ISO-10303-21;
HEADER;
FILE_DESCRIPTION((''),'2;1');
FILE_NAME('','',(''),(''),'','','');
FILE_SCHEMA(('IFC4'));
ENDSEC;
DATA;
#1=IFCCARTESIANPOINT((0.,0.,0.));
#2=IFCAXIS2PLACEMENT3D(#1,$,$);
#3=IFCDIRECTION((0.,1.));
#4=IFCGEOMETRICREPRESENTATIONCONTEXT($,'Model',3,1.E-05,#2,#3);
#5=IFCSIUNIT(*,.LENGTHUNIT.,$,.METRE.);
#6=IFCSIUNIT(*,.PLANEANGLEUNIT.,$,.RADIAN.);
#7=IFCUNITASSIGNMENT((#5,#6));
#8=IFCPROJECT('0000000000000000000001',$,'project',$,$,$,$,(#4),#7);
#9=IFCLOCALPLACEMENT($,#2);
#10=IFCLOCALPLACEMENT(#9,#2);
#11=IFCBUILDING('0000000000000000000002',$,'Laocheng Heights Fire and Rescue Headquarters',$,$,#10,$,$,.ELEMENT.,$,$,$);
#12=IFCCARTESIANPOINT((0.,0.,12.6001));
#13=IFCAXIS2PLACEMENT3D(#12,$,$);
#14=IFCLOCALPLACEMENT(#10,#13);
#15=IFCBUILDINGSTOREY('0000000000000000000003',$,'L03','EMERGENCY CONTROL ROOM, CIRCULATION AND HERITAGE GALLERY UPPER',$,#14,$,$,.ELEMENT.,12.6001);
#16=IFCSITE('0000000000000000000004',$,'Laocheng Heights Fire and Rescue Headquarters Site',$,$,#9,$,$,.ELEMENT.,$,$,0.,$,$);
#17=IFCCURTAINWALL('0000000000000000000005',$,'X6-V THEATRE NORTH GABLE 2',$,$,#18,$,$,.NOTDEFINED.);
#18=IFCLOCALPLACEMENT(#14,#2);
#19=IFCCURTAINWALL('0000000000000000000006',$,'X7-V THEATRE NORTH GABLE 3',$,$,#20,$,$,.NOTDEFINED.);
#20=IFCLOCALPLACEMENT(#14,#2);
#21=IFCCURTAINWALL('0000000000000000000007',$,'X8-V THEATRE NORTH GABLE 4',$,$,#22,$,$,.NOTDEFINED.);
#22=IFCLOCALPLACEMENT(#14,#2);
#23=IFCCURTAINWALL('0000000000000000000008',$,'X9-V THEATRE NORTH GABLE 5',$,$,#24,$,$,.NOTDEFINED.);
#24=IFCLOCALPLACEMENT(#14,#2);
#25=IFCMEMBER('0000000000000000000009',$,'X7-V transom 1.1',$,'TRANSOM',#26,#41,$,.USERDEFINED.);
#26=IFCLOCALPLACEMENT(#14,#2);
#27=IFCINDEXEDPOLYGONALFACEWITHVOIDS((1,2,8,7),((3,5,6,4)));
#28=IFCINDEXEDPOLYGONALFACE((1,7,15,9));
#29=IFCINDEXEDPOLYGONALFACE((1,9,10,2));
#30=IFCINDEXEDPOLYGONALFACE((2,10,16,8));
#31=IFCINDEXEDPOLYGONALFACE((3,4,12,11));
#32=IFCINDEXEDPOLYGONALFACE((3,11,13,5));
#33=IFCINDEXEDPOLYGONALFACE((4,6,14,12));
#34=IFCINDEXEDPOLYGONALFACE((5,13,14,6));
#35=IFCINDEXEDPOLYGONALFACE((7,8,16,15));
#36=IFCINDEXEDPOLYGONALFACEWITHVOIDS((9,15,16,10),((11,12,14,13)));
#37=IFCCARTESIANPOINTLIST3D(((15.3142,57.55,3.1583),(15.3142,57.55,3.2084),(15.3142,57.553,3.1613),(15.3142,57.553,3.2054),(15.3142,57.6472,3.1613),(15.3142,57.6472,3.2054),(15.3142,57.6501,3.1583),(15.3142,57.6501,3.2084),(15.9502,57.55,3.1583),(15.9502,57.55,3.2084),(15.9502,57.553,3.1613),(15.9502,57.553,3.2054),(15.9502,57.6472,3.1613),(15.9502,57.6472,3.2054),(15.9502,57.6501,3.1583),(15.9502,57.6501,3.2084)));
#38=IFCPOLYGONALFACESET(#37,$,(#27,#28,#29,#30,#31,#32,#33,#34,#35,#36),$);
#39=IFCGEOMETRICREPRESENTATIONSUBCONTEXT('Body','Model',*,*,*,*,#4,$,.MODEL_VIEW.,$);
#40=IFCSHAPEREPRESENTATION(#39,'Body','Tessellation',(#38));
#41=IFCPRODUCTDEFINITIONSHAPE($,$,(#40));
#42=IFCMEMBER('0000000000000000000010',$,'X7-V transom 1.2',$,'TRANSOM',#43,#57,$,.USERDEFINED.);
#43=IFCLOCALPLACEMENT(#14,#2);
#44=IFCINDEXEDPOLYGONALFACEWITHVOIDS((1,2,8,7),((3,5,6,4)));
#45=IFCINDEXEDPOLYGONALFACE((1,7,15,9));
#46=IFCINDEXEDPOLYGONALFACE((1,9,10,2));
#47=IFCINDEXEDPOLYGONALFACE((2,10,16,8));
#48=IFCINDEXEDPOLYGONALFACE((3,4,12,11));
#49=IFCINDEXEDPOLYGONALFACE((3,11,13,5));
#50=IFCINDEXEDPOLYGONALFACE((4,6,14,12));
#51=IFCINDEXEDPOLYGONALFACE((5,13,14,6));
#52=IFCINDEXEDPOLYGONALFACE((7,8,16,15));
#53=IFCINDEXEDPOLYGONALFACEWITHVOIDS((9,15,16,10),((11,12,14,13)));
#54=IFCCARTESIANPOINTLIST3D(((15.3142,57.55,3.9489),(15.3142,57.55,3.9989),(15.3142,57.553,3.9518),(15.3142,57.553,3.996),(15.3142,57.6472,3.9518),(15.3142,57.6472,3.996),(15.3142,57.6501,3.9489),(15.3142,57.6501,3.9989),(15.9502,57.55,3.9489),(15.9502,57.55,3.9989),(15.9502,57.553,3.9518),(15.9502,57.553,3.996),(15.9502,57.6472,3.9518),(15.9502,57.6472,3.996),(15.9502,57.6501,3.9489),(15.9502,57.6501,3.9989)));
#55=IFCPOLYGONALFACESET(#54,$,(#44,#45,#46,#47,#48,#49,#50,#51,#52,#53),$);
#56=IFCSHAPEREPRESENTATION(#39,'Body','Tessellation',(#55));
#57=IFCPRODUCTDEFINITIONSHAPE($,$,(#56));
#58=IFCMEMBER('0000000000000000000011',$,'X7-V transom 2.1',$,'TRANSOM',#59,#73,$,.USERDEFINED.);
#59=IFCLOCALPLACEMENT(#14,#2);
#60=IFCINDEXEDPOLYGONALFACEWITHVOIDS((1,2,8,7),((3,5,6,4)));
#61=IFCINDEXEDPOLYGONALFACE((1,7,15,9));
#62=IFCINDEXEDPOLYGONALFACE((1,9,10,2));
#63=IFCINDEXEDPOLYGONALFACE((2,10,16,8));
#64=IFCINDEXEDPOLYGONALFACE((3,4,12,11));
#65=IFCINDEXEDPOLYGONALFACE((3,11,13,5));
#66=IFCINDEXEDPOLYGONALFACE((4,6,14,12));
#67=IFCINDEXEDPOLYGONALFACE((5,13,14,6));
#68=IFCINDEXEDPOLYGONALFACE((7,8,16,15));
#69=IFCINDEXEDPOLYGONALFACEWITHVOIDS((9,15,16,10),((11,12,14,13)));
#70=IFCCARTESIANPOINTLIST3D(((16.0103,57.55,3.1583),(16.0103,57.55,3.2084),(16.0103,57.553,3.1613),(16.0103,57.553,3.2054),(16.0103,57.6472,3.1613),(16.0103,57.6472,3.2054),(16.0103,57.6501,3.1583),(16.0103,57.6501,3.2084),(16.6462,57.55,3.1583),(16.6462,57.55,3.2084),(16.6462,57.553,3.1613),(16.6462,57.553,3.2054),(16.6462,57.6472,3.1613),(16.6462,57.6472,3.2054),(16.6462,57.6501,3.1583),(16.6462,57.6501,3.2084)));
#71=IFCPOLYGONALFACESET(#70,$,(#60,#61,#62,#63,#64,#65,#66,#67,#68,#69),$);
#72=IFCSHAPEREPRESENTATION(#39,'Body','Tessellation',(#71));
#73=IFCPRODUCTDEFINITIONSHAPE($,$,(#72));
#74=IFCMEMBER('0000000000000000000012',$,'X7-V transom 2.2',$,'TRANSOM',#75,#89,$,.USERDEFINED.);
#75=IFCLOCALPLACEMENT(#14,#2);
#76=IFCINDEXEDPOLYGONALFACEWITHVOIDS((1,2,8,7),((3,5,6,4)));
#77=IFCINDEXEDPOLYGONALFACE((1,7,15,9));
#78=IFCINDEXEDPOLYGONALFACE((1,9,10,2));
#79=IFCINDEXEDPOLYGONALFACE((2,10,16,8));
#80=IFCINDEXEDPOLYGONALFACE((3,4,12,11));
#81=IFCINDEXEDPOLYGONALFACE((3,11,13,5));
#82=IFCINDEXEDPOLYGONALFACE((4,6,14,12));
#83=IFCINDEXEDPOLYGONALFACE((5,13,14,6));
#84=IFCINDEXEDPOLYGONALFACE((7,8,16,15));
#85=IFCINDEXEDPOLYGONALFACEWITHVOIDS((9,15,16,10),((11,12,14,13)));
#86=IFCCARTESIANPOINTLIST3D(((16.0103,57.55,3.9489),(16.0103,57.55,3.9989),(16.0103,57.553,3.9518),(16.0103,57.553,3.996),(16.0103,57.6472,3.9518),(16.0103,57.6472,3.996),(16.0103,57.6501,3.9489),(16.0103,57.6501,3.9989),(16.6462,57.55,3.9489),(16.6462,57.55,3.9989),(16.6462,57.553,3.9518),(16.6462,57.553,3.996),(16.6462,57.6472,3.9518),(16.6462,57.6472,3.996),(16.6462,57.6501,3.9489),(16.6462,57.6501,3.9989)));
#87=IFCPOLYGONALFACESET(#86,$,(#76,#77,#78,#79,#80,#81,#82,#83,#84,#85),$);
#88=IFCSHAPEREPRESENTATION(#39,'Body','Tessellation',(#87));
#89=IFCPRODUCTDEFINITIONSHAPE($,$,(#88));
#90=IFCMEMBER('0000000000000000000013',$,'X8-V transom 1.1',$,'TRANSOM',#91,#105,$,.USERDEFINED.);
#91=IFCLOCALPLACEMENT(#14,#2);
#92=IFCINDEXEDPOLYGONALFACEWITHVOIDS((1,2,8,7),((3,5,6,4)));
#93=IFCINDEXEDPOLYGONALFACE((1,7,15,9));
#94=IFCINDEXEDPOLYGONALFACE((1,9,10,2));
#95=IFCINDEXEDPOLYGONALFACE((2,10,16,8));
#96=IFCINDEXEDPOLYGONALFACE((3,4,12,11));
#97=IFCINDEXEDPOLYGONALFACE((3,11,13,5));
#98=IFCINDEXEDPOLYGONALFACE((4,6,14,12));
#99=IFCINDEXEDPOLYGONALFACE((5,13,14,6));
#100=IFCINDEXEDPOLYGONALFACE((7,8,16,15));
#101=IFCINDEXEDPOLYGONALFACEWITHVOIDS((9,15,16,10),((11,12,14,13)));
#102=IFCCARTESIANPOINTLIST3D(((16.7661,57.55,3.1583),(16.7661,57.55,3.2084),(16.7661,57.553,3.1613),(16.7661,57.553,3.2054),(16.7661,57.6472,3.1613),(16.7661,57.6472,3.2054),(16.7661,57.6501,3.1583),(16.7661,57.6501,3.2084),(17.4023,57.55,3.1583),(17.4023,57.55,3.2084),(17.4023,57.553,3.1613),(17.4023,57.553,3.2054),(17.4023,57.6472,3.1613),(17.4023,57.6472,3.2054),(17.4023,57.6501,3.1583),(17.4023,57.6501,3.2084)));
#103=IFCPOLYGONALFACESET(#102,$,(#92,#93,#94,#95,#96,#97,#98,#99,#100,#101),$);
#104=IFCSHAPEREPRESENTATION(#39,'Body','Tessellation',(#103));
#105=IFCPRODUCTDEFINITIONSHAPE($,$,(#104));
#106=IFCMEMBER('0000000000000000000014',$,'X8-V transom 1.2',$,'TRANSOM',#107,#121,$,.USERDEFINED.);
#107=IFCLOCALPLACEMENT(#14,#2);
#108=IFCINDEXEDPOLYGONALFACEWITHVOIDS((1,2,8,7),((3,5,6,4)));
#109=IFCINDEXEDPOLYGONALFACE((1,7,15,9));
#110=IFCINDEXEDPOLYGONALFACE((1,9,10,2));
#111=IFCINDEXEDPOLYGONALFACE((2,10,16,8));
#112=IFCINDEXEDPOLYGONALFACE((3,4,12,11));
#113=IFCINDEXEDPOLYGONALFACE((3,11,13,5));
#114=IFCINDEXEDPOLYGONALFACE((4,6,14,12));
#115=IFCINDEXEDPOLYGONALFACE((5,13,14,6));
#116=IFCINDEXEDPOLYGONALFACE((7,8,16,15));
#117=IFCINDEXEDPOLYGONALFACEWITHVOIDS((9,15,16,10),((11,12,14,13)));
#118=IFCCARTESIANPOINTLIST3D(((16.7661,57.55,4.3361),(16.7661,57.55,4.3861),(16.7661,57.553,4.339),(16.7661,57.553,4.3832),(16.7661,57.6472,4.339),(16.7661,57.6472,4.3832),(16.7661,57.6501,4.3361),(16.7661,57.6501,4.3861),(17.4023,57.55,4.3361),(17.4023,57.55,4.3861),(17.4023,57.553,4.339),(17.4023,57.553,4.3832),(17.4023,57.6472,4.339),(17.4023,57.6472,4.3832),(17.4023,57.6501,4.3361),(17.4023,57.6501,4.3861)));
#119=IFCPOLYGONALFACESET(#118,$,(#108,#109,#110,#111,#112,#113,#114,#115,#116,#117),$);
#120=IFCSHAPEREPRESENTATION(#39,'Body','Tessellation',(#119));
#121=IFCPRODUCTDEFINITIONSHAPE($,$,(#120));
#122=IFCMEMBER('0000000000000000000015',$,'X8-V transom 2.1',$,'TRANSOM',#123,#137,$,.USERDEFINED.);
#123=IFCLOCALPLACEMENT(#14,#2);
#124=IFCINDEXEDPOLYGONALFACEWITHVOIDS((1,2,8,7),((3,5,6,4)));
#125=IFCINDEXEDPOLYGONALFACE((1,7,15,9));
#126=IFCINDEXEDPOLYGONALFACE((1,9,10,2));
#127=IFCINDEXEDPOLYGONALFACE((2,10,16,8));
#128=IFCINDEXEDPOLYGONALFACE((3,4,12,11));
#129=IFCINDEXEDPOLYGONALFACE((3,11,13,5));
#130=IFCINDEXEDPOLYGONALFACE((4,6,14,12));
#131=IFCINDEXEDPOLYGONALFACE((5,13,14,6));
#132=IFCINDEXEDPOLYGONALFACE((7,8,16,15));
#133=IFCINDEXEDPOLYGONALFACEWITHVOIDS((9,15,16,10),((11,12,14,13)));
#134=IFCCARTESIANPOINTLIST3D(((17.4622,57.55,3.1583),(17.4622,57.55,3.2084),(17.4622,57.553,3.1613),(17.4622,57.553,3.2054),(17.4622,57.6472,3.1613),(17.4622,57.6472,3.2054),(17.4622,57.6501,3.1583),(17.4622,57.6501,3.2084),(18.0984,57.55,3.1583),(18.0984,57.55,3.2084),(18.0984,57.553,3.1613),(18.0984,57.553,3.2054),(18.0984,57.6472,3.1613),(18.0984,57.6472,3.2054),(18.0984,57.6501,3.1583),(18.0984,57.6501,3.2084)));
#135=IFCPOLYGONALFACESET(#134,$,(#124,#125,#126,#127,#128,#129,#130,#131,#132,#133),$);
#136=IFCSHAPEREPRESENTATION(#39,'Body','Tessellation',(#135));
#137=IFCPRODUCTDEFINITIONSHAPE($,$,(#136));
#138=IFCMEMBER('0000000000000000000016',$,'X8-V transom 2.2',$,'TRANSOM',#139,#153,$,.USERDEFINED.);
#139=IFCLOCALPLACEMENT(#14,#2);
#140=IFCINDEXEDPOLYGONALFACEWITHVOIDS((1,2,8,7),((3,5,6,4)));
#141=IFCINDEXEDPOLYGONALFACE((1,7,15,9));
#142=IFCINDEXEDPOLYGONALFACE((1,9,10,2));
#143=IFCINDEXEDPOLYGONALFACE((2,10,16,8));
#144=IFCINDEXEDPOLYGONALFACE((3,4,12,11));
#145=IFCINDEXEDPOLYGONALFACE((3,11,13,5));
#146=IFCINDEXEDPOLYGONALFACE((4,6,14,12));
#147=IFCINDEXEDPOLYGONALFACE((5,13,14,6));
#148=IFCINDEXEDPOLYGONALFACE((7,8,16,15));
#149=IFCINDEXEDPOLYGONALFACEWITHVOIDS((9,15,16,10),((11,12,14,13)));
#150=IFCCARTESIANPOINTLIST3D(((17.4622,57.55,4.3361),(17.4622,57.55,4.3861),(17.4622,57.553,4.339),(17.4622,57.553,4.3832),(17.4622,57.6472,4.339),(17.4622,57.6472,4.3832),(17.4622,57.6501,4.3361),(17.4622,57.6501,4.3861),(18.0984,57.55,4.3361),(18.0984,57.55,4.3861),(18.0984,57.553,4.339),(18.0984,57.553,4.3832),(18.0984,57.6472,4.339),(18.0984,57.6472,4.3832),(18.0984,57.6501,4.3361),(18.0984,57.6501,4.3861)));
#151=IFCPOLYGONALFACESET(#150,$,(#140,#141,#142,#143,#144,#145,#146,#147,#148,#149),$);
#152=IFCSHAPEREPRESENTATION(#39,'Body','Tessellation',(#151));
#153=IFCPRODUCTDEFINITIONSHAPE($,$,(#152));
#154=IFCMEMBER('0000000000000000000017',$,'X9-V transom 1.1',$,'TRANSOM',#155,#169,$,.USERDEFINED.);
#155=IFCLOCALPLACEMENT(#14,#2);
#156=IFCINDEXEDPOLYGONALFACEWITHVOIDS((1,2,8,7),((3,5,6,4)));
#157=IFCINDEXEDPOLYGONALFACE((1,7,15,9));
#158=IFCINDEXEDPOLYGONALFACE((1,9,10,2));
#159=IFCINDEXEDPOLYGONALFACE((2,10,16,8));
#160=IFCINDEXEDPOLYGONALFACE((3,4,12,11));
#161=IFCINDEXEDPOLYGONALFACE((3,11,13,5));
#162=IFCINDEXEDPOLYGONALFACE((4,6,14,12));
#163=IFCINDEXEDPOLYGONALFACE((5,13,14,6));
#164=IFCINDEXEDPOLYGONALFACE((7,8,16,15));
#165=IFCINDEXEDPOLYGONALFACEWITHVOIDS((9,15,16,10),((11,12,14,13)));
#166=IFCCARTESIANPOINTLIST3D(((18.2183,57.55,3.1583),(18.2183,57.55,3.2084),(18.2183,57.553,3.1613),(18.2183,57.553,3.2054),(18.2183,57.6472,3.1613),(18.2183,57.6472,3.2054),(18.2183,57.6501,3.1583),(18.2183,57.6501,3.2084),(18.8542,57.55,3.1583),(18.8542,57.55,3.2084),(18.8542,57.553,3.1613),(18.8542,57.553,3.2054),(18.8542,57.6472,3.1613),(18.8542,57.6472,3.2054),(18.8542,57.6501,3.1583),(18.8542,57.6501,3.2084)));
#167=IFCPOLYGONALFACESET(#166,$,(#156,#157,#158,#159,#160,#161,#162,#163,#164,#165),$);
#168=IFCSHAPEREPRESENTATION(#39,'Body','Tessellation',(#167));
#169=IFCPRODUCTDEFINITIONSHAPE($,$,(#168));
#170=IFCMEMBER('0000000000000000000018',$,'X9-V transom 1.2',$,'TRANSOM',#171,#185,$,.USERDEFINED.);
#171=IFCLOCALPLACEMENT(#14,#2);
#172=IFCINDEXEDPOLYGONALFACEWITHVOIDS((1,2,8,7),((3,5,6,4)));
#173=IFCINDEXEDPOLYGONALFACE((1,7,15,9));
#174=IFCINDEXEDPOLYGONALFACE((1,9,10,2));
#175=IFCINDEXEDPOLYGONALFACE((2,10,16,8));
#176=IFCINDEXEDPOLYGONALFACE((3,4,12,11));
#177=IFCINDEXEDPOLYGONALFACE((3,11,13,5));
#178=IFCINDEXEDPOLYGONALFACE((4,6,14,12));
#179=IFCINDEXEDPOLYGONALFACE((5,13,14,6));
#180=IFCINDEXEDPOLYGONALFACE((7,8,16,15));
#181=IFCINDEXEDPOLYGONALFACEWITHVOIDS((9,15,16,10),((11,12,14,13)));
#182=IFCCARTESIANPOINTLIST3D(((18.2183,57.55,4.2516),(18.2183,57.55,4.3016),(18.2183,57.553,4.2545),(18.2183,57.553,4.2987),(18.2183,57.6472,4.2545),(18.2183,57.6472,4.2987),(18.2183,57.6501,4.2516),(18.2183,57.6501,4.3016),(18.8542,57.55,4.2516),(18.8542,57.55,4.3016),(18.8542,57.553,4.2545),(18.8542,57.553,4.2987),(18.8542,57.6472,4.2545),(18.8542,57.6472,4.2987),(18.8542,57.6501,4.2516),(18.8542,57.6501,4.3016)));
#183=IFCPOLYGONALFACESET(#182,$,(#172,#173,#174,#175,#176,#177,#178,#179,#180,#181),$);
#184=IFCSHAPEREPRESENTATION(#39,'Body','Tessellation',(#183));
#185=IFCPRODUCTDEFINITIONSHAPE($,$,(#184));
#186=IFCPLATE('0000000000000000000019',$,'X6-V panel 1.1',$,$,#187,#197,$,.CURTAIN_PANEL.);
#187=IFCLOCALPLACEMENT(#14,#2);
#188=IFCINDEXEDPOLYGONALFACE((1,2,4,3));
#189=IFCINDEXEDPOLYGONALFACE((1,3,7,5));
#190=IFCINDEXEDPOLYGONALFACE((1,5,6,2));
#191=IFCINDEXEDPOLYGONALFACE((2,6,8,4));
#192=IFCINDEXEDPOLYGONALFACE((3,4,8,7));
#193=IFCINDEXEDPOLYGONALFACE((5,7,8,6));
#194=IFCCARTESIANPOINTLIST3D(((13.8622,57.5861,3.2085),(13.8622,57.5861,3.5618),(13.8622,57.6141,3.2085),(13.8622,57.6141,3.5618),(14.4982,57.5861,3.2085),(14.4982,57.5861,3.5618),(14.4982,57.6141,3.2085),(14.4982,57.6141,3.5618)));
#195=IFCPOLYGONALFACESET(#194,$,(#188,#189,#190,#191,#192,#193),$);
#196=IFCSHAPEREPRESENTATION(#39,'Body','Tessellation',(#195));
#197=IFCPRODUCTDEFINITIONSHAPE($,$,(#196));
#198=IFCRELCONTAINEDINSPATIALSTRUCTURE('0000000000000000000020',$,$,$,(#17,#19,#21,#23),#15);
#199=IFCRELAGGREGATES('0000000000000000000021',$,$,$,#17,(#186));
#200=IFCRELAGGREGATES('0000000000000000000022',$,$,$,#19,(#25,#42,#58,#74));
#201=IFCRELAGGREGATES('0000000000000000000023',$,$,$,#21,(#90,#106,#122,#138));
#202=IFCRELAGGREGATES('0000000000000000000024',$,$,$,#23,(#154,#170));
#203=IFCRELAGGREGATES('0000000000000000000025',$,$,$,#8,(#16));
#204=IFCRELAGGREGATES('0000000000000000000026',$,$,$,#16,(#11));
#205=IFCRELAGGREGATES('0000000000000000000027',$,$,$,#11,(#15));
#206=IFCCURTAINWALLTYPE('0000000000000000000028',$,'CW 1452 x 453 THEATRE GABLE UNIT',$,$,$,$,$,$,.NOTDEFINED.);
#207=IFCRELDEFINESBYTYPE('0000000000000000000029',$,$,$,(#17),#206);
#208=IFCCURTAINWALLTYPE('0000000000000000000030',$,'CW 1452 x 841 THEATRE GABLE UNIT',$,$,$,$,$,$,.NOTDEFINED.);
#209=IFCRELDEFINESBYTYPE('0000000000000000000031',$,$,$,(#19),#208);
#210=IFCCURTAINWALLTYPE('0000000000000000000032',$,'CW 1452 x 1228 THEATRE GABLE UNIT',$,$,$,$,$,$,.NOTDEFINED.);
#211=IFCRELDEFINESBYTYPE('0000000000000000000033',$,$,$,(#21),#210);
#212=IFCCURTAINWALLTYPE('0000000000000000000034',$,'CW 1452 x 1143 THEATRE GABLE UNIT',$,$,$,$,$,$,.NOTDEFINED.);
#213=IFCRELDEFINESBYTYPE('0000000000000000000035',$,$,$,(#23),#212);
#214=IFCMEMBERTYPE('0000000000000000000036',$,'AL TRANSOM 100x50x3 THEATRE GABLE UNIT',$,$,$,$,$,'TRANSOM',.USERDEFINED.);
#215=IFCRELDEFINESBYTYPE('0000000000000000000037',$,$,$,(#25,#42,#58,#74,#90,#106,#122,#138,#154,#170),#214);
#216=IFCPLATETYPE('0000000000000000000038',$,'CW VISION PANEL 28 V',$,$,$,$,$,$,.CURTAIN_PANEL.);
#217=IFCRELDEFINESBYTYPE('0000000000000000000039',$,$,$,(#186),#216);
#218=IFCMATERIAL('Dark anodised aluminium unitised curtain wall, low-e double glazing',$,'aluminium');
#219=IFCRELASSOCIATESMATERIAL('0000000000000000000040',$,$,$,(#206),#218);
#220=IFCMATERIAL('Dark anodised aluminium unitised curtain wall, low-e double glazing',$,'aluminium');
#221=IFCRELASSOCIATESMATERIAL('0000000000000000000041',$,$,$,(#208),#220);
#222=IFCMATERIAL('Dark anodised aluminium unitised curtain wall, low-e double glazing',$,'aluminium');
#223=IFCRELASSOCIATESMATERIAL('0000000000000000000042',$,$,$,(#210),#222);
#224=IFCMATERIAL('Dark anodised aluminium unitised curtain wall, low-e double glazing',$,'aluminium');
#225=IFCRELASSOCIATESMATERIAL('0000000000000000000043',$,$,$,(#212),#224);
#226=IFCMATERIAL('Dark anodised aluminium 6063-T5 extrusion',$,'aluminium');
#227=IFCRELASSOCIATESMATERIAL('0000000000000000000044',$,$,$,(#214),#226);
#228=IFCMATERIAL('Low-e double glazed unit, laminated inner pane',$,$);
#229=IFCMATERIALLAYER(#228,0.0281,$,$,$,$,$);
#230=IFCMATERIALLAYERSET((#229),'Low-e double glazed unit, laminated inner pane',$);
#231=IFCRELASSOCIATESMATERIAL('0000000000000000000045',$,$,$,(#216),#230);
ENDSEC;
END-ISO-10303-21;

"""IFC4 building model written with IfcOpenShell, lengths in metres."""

from ifc_helpers import new_model, si_unit, direction, frame, origin, origin_2d, place, context, subcontext, project, spatial, rectangle, hollow_rectangle, extrude, material, layer, layer_set, material_profile, profile_set, type_object, element, aggregate, save


model = new_model("IFC4")

# Units and contexts
model_context = context("Model", 3, precision=1e-05, world=origin(), true_north=direction((0.0, 1.0)))
body_context = subcontext(model_context, "Body", "Model", "MODEL_VIEW")
ifc_project = project(units=[si_unit("LENGTHUNIT", "METRE"), si_unit("PLANEANGLEUNIT", "RADIAN")], contexts=[model_context])

# Site, building, storey
site_placement = place(None, origin())
site = spatial("IfcSite", under=ifc_project, at=site_placement, Name="Laocheng Heights Fire and Rescue Headquarters Site", CompositionType="ELEMENT", RefElevation=0.0)
building_placement = place(site_placement, origin())
building = spatial("IfcBuilding", under=site, at=building_placement, Name="Laocheng Heights Fire and Rescue Headquarters", CompositionType="ELEMENT")
storey_placement = place(building_placement, frame((0.0, 0.0, 12.6001)))
storey = spatial("IfcBuildingStorey", under=building, at=storey_placement, Name="L03", Description="EMERGENCY CONTROL ROOM, CIRCULATION AND HERITAGE GALLERY UPPER", CompositionType="ELEMENT", Elevation=12.6001)

# Curtain walls
ifc_material_1 = material(Name="Dark anodised aluminium unitised curtain wall, low-e double glazing", Category="aluminium")
curtain_wall_type_1 = type_object("IfcCurtainWallType", Name="CW 1452 x 453 THEATRE GABLE UNIT", PredefinedType="NOTDEFINED", material=ifc_material_1)
curtain_wall_1_placement = place(storey_placement, origin())
curtain_wall_1 = element("IfcCurtainWall", 1, at=curtain_wall_1_placement, inside=storey, type_object=curtain_wall_type_1, Name="X6-V THEATRE NORTH GABLE 2", PredefinedType="NOTDEFINED")
ifc_material_2 = material(Name="Dark anodised aluminium unitised curtain wall, low-e double glazing", Category="aluminium")
curtain_wall_type_2 = type_object("IfcCurtainWallType", Name="CW 1452 x 841 THEATRE GABLE UNIT", PredefinedType="NOTDEFINED", material=ifc_material_2)
curtain_wall_2_placement = place(storey_placement, origin())
curtain_wall_2 = element("IfcCurtainWall", 2, at=curtain_wall_2_placement, inside=storey, type_object=curtain_wall_type_2, Name="X7-V THEATRE NORTH GABLE 3", PredefinedType="NOTDEFINED")
ifc_material_3 = material(Name="Dark anodised aluminium unitised curtain wall, low-e double glazing", Category="aluminium")
curtain_wall_type_3 = type_object("IfcCurtainWallType", Name="CW 1452 x 1228 THEATRE GABLE UNIT", PredefinedType="NOTDEFINED", material=ifc_material_3)
curtain_wall_3_placement = place(storey_placement, origin())
curtain_wall_3 = element("IfcCurtainWall", 3, at=curtain_wall_3_placement, inside=storey, type_object=curtain_wall_type_3, Name="X8-V THEATRE NORTH GABLE 4", PredefinedType="NOTDEFINED")

# Curtain wall
ifc_material_4 = material(Name="Dark anodised aluminium unitised curtain wall, low-e double glazing", Category="aluminium")
curtain_wall_type_4 = type_object("IfcCurtainWallType", Name="CW 1452 x 1143 THEATRE GABLE UNIT", PredefinedType="NOTDEFINED", material=ifc_material_4)
curtain_wall_4_placement = place(storey_placement, origin())
curtain_wall_4 = element("IfcCurtainWall", 4, at=curtain_wall_4_placement, inside=storey, type_object=curtain_wall_type_4, Name="X9-V THEATRE NORTH GABLE 5", PredefinedType="NOTDEFINED")

# Members
ifc_material_5 = material(Name="Dark anodised aluminium 6063-T5 extrusion", Category="aluminium")
ifc_material_profile_1 = material_profile(ifc_material_5, hollow_rectangle(XDim=0.1001, YDim=0.05, WallThickness=0.0029, at=origin_2d()), Name="AL TRANSOM 100x50x3 THEATRE GABLE UNIT")
ifc_profile_set_1 = profile_set([ifc_material_profile_1], Name="Dark anodised aluminium 6063-T5 extrusion")
member_type_1 = type_object("IfcMemberType", Name="AL TRANSOM 100x50x3 THEATRE GABLE UNIT", ElementType="TRANSOM", PredefinedType="USERDEFINED", material=ifc_profile_set_1)
member_1_placement = place(storey_placement, frame((15.3142, 57.6001, 3.1833), z_axis=(1.0, 0.0, 0.0), x_axis=(0.0, 1.0, 0.0)))
member_1 = element("IfcMember", 5, at=member_1_placement, type_object=member_type_1, Name="X7-V transom 1.1", ObjectType="TRANSOM", PredefinedType="USERDEFINED", context=body_context, shape_type="SweptSolid", body=[
    extrude(hollow_rectangle(XDim=0.1001, YDim=0.05, WallThickness=0.0029, at=origin_2d()), origin(), (0.0, 0.0, 1.0), 0.636),
])
member_2_placement = place(storey_placement, frame((15.3142, 57.6001, 3.9739), z_axis=(1.0, 0.0, 0.0), x_axis=(0.0, 1.0, 0.0)))
member_2 = element("IfcMember", 6, at=member_2_placement, type_object=member_type_1, Name="X7-V transom 1.2", ObjectType="TRANSOM", PredefinedType="USERDEFINED", context=body_context, shape_type="SweptSolid", body=[
    extrude(hollow_rectangle(XDim=0.1001, YDim=0.05, WallThickness=0.0029, at=origin_2d()), origin(), (0.0, 0.0, 1.0), 0.636),
])
member_3_placement = place(storey_placement, frame((16.0103, 57.6001, 3.1833), z_axis=(1.0, 0.0, 0.0), x_axis=(0.0, 1.0, 0.0)))
member_3 = element("IfcMember", 7, at=member_3_placement, type_object=member_type_1, Name="X7-V transom 2.1", ObjectType="TRANSOM", PredefinedType="USERDEFINED", context=body_context, shape_type="SweptSolid", body=[
    extrude(hollow_rectangle(XDim=0.1001, YDim=0.05, WallThickness=0.0029, at=origin_2d()), origin(), (0.0, 0.0, 1.0), 0.636),
])
member_4_placement = place(storey_placement, frame((16.0103, 57.6001, 3.9739), z_axis=(1.0, 0.0, 0.0), x_axis=(0.0, 1.0, 0.0)))
member_4 = element("IfcMember", 8, at=member_4_placement, type_object=member_type_1, Name="X7-V transom 2.2", ObjectType="TRANSOM", PredefinedType="USERDEFINED", context=body_context, shape_type="SweptSolid", body=[
    extrude(hollow_rectangle(XDim=0.1001, YDim=0.05, WallThickness=0.0029, at=origin_2d()), origin(), (0.0, 0.0, 1.0), 0.636),
])
member_5_placement = place(storey_placement, frame((16.7661, 57.6001, 3.1833), z_axis=(1.0, 0.0, 0.0), x_axis=(0.0, 1.0, 0.0)))
member_5 = element("IfcMember", 9, at=member_5_placement, type_object=member_type_1, Name="X8-V transom 1.1", ObjectType="TRANSOM", PredefinedType="USERDEFINED", context=body_context, shape_type="SweptSolid", body=[
    extrude(hollow_rectangle(XDim=0.1001, YDim=0.05, WallThickness=0.0029, at=origin_2d()), origin(), (0.0, 0.0, 1.0), 0.6362),
])
member_6_placement = place(storey_placement, frame((16.7661, 57.6001, 4.3611), z_axis=(1.0, 0.0, 0.0), x_axis=(0.0, 1.0, 0.0)))
member_6 = element("IfcMember", 10, at=member_6_placement, type_object=member_type_1, Name="X8-V transom 1.2", ObjectType="TRANSOM", PredefinedType="USERDEFINED", context=body_context, shape_type="SweptSolid", body=[
    extrude(hollow_rectangle(XDim=0.1001, YDim=0.05, WallThickness=0.0029, at=origin_2d()), origin(), (0.0, 0.0, 1.0), 0.6362),
])
member_7_placement = place(storey_placement, frame((17.4622, 57.6001, 3.1833), z_axis=(1.0, 0.0, 0.0), x_axis=(0.0, 1.0, 0.0)))
member_7 = element("IfcMember", 11, at=member_7_placement, type_object=member_type_1, Name="X8-V transom 2.1", ObjectType="TRANSOM", PredefinedType="USERDEFINED", context=body_context, shape_type="SweptSolid", body=[
    extrude(hollow_rectangle(XDim=0.1001, YDim=0.05, WallThickness=0.0029, at=origin_2d()), origin(), (0.0, 0.0, 1.0), 0.6362),
])
member_8_placement = place(storey_placement, frame((17.4622, 57.6001, 4.3611), z_axis=(1.0, 0.0, 0.0), x_axis=(0.0, 1.0, 0.0)))
member_8 = element("IfcMember", 12, at=member_8_placement, type_object=member_type_1, Name="X8-V transom 2.2", ObjectType="TRANSOM", PredefinedType="USERDEFINED", context=body_context, shape_type="SweptSolid", body=[
    extrude(hollow_rectangle(XDim=0.1001, YDim=0.05, WallThickness=0.0029, at=origin_2d()), origin(), (0.0, 0.0, 1.0), 0.6362),
])
member_9_placement = place(storey_placement, frame((18.2183, 57.6001, 3.1833), z_axis=(1.0, 0.0, 0.0), x_axis=(0.0, 1.0, 0.0)))
member_9 = element("IfcMember", 13, at=member_9_placement, type_object=member_type_1, Name="X9-V transom 1.1", ObjectType="TRANSOM", PredefinedType="USERDEFINED", context=body_context, shape_type="SweptSolid", body=[
    extrude(hollow_rectangle(XDim=0.1001, YDim=0.05, WallThickness=0.0029, at=origin_2d()), origin(), (0.0, 0.0, 1.0), 0.636),
])
member_10_placement = place(storey_placement, frame((18.2183, 57.6001, 4.2766), z_axis=(1.0, 0.0, 0.0), x_axis=(0.0, 1.0, 0.0)))
member_10 = element("IfcMember", 14, at=member_10_placement, type_object=member_type_1, Name="X9-V transom 1.2", ObjectType="TRANSOM", PredefinedType="USERDEFINED", context=body_context, shape_type="SweptSolid", body=[
    extrude(hollow_rectangle(XDim=0.1001, YDim=0.05, WallThickness=0.0029, at=origin_2d()), origin(), (0.0, 0.0, 1.0), 0.636),
])

# Plate
ifc_material_6 = material(Name="Low-e double glazed unit, laminated inner pane")
ifc_layer = layer(ifc_material_6, 0.0281)
ifc_layer_set = layer_set([ifc_layer], Name="Low-e double glazed unit, laminated inner pane")
plate_type = type_object("IfcPlateType", Name="CW VISION PANEL 28 V", PredefinedType="CURTAIN_PANEL", material=ifc_layer_set)
plate_1_placement = place(storey_placement, frame((14.1802, 57.6001, 3.2085), z_axis=(0.0, 0.0, 1.0), x_axis=(1.0, 0.0, 0.0)))
plate_1 = element("IfcPlate", 15, at=plate_1_placement, type_object=plate_type, Name="X6-V panel 1.1", PredefinedType="CURTAIN_PANEL", context=body_context, shape_type="SweptSolid", body=[
    extrude(rectangle(XDim=0.636, YDim=0.0281, at=origin_2d()), origin(), (0.0, 0.0, 1.0), 0.3533),
])
aggregate(curtain_wall_1, [plate_1])
aggregate(curtain_wall_2, [member_1, member_2, member_3, member_4])
aggregate(curtain_wall_3, [member_5, member_6, member_7, member_8])
aggregate(curtain_wall_4, [member_9, member_10])

save(model, "model.ifc")
